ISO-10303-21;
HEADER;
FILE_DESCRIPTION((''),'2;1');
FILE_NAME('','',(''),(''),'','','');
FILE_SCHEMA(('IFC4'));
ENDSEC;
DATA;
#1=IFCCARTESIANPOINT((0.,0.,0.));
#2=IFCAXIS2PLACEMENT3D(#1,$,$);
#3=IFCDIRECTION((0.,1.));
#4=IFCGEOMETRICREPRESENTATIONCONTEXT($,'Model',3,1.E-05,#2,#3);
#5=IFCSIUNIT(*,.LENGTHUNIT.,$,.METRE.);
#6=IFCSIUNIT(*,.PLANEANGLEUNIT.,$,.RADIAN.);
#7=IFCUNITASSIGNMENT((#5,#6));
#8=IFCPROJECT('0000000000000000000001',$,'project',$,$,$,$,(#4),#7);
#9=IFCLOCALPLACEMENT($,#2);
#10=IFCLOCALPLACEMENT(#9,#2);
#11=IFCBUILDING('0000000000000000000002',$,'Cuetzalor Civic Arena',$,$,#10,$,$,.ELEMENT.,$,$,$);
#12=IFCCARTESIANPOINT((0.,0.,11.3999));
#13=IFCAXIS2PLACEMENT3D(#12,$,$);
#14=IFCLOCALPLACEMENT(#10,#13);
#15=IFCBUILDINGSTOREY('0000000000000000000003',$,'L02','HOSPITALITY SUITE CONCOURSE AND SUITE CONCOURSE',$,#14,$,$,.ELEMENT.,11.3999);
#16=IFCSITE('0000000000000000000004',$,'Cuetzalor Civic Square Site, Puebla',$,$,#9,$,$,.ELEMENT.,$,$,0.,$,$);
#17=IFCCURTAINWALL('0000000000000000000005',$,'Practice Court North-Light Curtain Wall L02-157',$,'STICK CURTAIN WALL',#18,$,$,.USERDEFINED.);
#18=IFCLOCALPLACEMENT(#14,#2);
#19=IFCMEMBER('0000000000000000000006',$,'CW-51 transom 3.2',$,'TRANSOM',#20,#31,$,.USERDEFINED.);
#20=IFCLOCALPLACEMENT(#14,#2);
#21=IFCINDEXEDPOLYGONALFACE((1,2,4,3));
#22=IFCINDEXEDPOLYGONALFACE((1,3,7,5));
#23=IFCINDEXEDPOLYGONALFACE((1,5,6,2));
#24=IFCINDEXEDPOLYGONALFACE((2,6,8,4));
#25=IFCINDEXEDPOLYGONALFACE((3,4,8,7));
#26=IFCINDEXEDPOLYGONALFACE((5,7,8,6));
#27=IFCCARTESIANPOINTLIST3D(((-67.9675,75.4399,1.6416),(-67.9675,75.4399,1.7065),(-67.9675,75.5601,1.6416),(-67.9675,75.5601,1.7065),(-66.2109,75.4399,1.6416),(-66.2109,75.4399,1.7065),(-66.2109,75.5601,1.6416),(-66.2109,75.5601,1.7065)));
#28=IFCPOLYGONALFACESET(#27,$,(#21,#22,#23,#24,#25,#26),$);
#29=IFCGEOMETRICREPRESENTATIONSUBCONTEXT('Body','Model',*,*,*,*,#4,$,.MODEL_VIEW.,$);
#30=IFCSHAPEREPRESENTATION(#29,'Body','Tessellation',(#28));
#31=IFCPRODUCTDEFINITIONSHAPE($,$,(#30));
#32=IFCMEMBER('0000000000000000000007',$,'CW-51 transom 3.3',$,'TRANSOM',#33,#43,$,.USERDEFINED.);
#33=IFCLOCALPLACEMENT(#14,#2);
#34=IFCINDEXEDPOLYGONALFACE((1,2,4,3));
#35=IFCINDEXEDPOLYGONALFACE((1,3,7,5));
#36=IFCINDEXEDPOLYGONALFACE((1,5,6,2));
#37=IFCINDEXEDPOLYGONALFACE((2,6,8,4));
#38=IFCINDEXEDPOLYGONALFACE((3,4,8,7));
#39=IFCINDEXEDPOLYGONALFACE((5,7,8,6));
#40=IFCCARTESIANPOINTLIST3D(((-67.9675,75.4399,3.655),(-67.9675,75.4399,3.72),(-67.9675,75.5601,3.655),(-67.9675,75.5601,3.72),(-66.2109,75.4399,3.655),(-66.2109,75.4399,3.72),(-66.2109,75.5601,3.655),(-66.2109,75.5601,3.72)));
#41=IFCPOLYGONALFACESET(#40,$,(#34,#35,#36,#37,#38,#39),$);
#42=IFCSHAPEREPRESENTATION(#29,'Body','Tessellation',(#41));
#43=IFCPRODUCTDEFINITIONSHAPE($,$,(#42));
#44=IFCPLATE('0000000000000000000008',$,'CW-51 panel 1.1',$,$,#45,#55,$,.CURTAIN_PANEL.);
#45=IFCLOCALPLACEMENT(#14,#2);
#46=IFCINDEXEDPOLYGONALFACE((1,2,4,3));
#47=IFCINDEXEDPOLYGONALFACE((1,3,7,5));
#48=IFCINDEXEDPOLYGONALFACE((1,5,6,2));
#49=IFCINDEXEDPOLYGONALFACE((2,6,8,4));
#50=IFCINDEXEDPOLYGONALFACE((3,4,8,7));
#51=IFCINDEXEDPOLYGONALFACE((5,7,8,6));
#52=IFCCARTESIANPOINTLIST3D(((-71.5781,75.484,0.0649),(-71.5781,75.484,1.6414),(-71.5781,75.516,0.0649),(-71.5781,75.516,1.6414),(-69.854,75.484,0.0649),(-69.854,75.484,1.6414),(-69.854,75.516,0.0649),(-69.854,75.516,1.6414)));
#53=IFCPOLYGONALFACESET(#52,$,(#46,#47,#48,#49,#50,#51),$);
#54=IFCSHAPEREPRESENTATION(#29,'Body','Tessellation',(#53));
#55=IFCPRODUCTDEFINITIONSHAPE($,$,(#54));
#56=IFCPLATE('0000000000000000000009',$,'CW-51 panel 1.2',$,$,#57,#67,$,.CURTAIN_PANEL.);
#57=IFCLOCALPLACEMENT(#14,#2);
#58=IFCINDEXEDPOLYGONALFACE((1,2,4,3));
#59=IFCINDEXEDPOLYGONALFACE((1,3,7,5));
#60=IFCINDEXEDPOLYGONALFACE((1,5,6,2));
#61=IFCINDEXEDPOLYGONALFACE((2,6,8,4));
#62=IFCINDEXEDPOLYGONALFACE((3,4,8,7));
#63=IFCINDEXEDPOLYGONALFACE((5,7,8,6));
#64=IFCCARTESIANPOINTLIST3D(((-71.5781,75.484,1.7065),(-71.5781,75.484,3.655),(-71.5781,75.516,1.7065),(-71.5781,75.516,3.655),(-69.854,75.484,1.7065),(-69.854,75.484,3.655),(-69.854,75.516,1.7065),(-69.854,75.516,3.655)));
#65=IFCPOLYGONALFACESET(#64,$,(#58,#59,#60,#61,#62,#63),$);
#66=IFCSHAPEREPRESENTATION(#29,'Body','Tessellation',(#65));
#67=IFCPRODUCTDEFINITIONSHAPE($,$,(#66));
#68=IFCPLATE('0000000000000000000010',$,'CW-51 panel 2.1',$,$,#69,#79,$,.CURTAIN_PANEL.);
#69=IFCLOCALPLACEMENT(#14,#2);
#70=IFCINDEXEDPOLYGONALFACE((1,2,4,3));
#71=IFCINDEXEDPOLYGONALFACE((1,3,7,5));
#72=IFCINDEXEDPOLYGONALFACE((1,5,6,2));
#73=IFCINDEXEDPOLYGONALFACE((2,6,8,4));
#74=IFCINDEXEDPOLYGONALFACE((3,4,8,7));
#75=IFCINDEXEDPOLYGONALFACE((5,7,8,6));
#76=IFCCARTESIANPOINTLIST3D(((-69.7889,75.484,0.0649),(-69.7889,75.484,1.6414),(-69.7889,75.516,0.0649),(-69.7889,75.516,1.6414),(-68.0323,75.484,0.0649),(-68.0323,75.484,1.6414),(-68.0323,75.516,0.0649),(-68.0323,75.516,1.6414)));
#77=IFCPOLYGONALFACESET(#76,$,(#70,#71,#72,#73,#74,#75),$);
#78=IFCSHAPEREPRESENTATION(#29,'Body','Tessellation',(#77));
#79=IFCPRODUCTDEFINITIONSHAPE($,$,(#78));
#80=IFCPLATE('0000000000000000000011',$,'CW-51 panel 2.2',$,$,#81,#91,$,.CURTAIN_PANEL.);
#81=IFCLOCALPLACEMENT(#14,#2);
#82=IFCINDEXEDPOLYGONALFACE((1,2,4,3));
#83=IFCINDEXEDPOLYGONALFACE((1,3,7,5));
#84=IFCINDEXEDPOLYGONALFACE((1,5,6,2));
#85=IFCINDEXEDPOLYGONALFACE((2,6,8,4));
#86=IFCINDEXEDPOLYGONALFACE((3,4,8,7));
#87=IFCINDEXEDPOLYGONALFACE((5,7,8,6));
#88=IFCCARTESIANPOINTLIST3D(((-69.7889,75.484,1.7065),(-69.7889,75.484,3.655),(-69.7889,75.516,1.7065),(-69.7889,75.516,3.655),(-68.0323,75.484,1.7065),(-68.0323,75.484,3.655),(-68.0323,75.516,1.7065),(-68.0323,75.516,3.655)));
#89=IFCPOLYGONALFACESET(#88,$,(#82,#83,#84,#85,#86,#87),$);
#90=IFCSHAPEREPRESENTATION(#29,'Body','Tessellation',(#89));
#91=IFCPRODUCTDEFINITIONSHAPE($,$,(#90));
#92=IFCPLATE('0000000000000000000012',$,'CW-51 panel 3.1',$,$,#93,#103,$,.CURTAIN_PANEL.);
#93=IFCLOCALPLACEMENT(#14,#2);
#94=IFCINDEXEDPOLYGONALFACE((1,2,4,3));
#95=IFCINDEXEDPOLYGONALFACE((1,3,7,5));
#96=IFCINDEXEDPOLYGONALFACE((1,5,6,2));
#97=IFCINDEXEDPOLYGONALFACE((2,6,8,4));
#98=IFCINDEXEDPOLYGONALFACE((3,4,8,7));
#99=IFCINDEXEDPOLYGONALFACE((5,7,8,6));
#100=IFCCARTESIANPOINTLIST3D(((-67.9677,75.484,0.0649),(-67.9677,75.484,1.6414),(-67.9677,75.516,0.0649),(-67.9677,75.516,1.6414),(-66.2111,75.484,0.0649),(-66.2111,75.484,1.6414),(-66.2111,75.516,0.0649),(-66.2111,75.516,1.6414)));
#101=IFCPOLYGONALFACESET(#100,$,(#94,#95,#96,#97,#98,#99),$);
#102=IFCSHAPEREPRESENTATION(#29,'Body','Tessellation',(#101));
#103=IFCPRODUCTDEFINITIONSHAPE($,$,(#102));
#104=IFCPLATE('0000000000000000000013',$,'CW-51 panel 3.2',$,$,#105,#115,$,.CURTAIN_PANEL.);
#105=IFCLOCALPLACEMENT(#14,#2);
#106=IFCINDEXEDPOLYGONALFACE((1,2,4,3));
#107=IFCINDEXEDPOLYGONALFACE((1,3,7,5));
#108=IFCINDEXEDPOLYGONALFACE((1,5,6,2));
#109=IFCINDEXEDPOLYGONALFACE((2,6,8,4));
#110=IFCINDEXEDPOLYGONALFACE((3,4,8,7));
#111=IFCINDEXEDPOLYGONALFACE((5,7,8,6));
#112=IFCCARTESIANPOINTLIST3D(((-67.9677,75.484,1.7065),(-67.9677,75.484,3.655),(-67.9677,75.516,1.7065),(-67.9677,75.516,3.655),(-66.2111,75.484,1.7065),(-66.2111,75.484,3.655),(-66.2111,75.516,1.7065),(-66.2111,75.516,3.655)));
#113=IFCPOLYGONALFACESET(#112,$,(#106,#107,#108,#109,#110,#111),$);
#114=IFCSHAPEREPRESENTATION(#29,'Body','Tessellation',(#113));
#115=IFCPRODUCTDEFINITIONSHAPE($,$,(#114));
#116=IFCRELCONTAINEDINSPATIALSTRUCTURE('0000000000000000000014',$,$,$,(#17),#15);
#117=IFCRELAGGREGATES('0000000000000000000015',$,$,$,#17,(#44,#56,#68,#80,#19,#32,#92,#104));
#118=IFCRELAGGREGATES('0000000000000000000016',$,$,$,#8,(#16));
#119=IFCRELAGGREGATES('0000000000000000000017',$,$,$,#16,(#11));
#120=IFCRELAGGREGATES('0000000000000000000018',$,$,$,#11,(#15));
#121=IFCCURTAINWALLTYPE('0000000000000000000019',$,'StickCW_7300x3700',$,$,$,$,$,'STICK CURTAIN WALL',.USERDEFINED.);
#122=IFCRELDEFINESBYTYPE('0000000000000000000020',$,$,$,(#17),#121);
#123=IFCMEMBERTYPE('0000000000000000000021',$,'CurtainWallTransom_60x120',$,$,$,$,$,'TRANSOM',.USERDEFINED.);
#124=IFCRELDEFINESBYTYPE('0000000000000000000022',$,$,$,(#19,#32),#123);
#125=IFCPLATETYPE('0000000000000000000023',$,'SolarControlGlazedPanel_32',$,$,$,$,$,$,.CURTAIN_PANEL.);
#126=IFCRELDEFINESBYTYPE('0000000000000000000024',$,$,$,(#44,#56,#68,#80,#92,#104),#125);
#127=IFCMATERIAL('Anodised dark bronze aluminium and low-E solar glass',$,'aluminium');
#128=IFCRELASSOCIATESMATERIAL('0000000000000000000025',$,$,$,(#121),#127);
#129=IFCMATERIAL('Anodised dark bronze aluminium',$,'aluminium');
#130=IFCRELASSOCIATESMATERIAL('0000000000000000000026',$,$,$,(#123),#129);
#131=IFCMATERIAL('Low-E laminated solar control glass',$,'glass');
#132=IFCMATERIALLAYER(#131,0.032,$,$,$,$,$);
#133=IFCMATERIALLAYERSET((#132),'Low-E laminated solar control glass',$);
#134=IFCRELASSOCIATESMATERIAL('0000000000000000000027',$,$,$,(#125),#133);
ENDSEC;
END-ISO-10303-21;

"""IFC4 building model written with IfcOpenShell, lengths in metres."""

from ifc_helpers import new_model, si_unit, direction, frame, origin, origin_2d, place, context, subcontext, project, spatial, rectangle, extrude, material, layer, layer_set, material_profile, profile_set, type_object, element, aggregate, save


model = new_model("IFC4")

# Units and contexts
model_context = context("Model", 3, precision=1e-05, world=origin(), true_north=direction((0.0, 1.0)))
body_context = subcontext(model_context, "Body", "Model", "MODEL_VIEW")
ifc_project = project(units=[si_unit("LENGTHUNIT", "METRE"), si_unit("PLANEANGLEUNIT", "RADIAN")], contexts=[model_context])

# Site, building, storey
site_placement = place(None, origin())
site = spatial("IfcSite", under=ifc_project, at=site_placement, Name="Cuetzalor Civic Square Site, Puebla", CompositionType="ELEMENT", RefElevation=0.0)
building_placement = place(site_placement, origin())
building = spatial("IfcBuilding", under=site, at=building_placement, Name="Cuetzalor Civic Arena", CompositionType="ELEMENT")
storey_placement = place(building_placement, frame((0.0, 0.0, 11.3999)))
storey = spatial("IfcBuildingStorey", under=building, at=storey_placement, Name="L02", Description="HOSPITALITY SUITE CONCOURSE AND SUITE CONCOURSE", CompositionType="ELEMENT", Elevation=11.3999)

# Curtain wall
ifc_material_1 = material(Name="Anodised dark bronze aluminium and low-E solar glass", Category="aluminium")
curtain_wall_type_1 = type_object("IfcCurtainWallType", Name="StickCW_7300x3700", ElementType="STICK CURTAIN WALL", PredefinedType="USERDEFINED", material=ifc_material_1)
curtain_wall_1_placement = place(storey_placement, origin())
curtain_wall_1 = element("IfcCurtainWall", 1, at=curtain_wall_1_placement, inside=storey, type_object=curtain_wall_type_1, Name="Practice Court North-Light Curtain Wall L02-157", ObjectType="STICK CURTAIN WALL", PredefinedType="USERDEFINED")

# Members
ifc_material_2 = material(Name="Anodised dark bronze aluminium", Category="aluminium")
ifc_material_profile_1 = material_profile(ifc_material_2, rectangle(XDim=0.1201, YDim=0.0649, at=origin_2d()), Name="ALU TRANSOM 65x120")
ifc_profile_set_1 = profile_set([ifc_material_profile_1], Name="Anodised dark bronze aluminium")
member_type_1 = type_object("IfcMemberType", Name="CurtainWallTransom_60x120", ElementType="TRANSOM", PredefinedType="USERDEFINED", material=ifc_profile_set_1)
member_1_placement = place(storey_placement, frame((-67.9675, 75.5, 1.6741), z_axis=(1.0, 0.0, 0.0), x_axis=(0.0, 1.0, 0.0)))
member_1 = element("IfcMember", 2, at=member_1_placement, type_object=member_type_1, Name="CW-51 transom 3.2", ObjectType="TRANSOM", PredefinedType="USERDEFINED", context=body_context, shape_type="SweptSolid", body=[
    extrude(rectangle(XDim=0.1201, YDim=0.0649, at=origin_2d()), origin(), (0.0, 0.0, 1.0), 1.7566),
])
member_2_placement = place(storey_placement, frame((-67.9675, 75.5, 3.6875), z_axis=(1.0, 0.0, 0.0), x_axis=(0.0, 1.0, 0.0)))
member_2 = element("IfcMember", 3, at=member_2_placement, type_object=member_type_1, Name="CW-51 transom 3.3", ObjectType="TRANSOM", PredefinedType="USERDEFINED", context=body_context, shape_type="SweptSolid", body=[
    extrude(rectangle(XDim=0.1201, YDim=0.0649, at=origin_2d()), origin(), (0.0, 0.0, 1.0), 1.7566),
])

# Plates
ifc_material_3 = material(Name="Low-E laminated solar control glass", Category="glass")
ifc_layer = layer(ifc_material_3, 0.032)
ifc_layer_set = layer_set([ifc_layer], Name="Low-E laminated solar control glass")
plate_type = type_object("IfcPlateType", Name="SolarControlGlazedPanel_32", PredefinedType="CURTAIN_PANEL", material=ifc_layer_set)
plate_1_placement = place(storey_placement, frame((-70.7161, 75.5, 0.0649), z_axis=(0.0, 0.0, 1.0), x_axis=(1.0, 0.0, 0.0)))
plate_1 = element("IfcPlate", 4, at=plate_1_placement, type_object=plate_type, Name="CW-51 panel 1.1", PredefinedType="CURTAIN_PANEL", context=body_context, shape_type="SweptSolid", body=[
    extrude(rectangle(XDim=1.7241, YDim=0.032, at=origin_2d()), origin(), (0.0, 0.0, 1.0), 1.5764),
])
plate_2_placement = place(storey_placement, frame((-70.7161, 75.5, 1.7065), z_axis=(0.0, 0.0, 1.0), x_axis=(1.0, 0.0, 0.0)))
plate_2 = element("IfcPlate", 5, at=plate_2_placement, type_object=plate_type, Name="CW-51 panel 1.2", PredefinedType="CURTAIN_PANEL", context=body_context, shape_type="SweptSolid", body=[
    extrude(rectangle(XDim=1.7241, YDim=0.032, at=origin_2d()), origin(), (0.0, 0.0, 1.0), 1.9485),
])
plate_3_placement = place(storey_placement, frame((-68.9106, 75.5, 0.0649), z_axis=(0.0, 0.0, 1.0), x_axis=(1.0, 0.0, 0.0)))
plate_3 = element("IfcPlate", 6, at=plate_3_placement, type_object=plate_type, Name="CW-51 panel 2.1", PredefinedType="CURTAIN_PANEL", context=body_context, shape_type="SweptSolid", body=[
    extrude(rectangle(XDim=1.7566, YDim=0.032, at=origin_2d()), origin(), (0.0, 0.0, 1.0), 1.5764),
])
plate_4_placement = place(storey_placement, frame((-68.9106, 75.5, 1.7065), z_axis=(0.0, 0.0, 1.0), x_axis=(1.0, 0.0, 0.0)))
plate_4 = element("IfcPlate", 7, at=plate_4_placement, type_object=plate_type, Name="CW-51 panel 2.2", PredefinedType="CURTAIN_PANEL", context=body_context, shape_type="SweptSolid", body=[
    extrude(rectangle(XDim=1.7566, YDim=0.032, at=origin_2d()), origin(), (0.0, 0.0, 1.0), 1.9485),
])
plate_5_placement = place(storey_placement, frame((-67.0894, 75.5, 0.0649), z_axis=(0.0, 0.0, 1.0), x_axis=(1.0, 0.0, 0.0)))
plate_5 = element("IfcPlate", 8, at=plate_5_placement, type_object=plate_type, Name="CW-51 panel 3.1", PredefinedType="CURTAIN_PANEL", context=body_context, shape_type="SweptSolid", body=[
    extrude(rectangle(XDim=1.7566, YDim=0.032, at=origin_2d()), origin(), (0.0, 0.0, 1.0), 1.5764),
])
plate_6_placement = place(storey_placement, frame((-67.0894, 75.5, 1.7065), z_axis=(0.0, 0.0, 1.0), x_axis=(1.0, 0.0, 0.0)))
plate_6 = element("IfcPlate", 9, at=plate_6_placement, type_object=plate_type, Name="CW-51 panel 3.2", PredefinedType="CURTAIN_PANEL", context=body_context, shape_type="SweptSolid", body=[
    extrude(rectangle(XDim=1.7566, YDim=0.032, at=origin_2d()), origin(), (0.0, 0.0, 1.0), 1.9485),
])
aggregate(curtain_wall_1, [plate_1, plate_2, plate_3, plate_4, member_1, member_2, plate_5, plate_6])

save(model, "model.ifc")
